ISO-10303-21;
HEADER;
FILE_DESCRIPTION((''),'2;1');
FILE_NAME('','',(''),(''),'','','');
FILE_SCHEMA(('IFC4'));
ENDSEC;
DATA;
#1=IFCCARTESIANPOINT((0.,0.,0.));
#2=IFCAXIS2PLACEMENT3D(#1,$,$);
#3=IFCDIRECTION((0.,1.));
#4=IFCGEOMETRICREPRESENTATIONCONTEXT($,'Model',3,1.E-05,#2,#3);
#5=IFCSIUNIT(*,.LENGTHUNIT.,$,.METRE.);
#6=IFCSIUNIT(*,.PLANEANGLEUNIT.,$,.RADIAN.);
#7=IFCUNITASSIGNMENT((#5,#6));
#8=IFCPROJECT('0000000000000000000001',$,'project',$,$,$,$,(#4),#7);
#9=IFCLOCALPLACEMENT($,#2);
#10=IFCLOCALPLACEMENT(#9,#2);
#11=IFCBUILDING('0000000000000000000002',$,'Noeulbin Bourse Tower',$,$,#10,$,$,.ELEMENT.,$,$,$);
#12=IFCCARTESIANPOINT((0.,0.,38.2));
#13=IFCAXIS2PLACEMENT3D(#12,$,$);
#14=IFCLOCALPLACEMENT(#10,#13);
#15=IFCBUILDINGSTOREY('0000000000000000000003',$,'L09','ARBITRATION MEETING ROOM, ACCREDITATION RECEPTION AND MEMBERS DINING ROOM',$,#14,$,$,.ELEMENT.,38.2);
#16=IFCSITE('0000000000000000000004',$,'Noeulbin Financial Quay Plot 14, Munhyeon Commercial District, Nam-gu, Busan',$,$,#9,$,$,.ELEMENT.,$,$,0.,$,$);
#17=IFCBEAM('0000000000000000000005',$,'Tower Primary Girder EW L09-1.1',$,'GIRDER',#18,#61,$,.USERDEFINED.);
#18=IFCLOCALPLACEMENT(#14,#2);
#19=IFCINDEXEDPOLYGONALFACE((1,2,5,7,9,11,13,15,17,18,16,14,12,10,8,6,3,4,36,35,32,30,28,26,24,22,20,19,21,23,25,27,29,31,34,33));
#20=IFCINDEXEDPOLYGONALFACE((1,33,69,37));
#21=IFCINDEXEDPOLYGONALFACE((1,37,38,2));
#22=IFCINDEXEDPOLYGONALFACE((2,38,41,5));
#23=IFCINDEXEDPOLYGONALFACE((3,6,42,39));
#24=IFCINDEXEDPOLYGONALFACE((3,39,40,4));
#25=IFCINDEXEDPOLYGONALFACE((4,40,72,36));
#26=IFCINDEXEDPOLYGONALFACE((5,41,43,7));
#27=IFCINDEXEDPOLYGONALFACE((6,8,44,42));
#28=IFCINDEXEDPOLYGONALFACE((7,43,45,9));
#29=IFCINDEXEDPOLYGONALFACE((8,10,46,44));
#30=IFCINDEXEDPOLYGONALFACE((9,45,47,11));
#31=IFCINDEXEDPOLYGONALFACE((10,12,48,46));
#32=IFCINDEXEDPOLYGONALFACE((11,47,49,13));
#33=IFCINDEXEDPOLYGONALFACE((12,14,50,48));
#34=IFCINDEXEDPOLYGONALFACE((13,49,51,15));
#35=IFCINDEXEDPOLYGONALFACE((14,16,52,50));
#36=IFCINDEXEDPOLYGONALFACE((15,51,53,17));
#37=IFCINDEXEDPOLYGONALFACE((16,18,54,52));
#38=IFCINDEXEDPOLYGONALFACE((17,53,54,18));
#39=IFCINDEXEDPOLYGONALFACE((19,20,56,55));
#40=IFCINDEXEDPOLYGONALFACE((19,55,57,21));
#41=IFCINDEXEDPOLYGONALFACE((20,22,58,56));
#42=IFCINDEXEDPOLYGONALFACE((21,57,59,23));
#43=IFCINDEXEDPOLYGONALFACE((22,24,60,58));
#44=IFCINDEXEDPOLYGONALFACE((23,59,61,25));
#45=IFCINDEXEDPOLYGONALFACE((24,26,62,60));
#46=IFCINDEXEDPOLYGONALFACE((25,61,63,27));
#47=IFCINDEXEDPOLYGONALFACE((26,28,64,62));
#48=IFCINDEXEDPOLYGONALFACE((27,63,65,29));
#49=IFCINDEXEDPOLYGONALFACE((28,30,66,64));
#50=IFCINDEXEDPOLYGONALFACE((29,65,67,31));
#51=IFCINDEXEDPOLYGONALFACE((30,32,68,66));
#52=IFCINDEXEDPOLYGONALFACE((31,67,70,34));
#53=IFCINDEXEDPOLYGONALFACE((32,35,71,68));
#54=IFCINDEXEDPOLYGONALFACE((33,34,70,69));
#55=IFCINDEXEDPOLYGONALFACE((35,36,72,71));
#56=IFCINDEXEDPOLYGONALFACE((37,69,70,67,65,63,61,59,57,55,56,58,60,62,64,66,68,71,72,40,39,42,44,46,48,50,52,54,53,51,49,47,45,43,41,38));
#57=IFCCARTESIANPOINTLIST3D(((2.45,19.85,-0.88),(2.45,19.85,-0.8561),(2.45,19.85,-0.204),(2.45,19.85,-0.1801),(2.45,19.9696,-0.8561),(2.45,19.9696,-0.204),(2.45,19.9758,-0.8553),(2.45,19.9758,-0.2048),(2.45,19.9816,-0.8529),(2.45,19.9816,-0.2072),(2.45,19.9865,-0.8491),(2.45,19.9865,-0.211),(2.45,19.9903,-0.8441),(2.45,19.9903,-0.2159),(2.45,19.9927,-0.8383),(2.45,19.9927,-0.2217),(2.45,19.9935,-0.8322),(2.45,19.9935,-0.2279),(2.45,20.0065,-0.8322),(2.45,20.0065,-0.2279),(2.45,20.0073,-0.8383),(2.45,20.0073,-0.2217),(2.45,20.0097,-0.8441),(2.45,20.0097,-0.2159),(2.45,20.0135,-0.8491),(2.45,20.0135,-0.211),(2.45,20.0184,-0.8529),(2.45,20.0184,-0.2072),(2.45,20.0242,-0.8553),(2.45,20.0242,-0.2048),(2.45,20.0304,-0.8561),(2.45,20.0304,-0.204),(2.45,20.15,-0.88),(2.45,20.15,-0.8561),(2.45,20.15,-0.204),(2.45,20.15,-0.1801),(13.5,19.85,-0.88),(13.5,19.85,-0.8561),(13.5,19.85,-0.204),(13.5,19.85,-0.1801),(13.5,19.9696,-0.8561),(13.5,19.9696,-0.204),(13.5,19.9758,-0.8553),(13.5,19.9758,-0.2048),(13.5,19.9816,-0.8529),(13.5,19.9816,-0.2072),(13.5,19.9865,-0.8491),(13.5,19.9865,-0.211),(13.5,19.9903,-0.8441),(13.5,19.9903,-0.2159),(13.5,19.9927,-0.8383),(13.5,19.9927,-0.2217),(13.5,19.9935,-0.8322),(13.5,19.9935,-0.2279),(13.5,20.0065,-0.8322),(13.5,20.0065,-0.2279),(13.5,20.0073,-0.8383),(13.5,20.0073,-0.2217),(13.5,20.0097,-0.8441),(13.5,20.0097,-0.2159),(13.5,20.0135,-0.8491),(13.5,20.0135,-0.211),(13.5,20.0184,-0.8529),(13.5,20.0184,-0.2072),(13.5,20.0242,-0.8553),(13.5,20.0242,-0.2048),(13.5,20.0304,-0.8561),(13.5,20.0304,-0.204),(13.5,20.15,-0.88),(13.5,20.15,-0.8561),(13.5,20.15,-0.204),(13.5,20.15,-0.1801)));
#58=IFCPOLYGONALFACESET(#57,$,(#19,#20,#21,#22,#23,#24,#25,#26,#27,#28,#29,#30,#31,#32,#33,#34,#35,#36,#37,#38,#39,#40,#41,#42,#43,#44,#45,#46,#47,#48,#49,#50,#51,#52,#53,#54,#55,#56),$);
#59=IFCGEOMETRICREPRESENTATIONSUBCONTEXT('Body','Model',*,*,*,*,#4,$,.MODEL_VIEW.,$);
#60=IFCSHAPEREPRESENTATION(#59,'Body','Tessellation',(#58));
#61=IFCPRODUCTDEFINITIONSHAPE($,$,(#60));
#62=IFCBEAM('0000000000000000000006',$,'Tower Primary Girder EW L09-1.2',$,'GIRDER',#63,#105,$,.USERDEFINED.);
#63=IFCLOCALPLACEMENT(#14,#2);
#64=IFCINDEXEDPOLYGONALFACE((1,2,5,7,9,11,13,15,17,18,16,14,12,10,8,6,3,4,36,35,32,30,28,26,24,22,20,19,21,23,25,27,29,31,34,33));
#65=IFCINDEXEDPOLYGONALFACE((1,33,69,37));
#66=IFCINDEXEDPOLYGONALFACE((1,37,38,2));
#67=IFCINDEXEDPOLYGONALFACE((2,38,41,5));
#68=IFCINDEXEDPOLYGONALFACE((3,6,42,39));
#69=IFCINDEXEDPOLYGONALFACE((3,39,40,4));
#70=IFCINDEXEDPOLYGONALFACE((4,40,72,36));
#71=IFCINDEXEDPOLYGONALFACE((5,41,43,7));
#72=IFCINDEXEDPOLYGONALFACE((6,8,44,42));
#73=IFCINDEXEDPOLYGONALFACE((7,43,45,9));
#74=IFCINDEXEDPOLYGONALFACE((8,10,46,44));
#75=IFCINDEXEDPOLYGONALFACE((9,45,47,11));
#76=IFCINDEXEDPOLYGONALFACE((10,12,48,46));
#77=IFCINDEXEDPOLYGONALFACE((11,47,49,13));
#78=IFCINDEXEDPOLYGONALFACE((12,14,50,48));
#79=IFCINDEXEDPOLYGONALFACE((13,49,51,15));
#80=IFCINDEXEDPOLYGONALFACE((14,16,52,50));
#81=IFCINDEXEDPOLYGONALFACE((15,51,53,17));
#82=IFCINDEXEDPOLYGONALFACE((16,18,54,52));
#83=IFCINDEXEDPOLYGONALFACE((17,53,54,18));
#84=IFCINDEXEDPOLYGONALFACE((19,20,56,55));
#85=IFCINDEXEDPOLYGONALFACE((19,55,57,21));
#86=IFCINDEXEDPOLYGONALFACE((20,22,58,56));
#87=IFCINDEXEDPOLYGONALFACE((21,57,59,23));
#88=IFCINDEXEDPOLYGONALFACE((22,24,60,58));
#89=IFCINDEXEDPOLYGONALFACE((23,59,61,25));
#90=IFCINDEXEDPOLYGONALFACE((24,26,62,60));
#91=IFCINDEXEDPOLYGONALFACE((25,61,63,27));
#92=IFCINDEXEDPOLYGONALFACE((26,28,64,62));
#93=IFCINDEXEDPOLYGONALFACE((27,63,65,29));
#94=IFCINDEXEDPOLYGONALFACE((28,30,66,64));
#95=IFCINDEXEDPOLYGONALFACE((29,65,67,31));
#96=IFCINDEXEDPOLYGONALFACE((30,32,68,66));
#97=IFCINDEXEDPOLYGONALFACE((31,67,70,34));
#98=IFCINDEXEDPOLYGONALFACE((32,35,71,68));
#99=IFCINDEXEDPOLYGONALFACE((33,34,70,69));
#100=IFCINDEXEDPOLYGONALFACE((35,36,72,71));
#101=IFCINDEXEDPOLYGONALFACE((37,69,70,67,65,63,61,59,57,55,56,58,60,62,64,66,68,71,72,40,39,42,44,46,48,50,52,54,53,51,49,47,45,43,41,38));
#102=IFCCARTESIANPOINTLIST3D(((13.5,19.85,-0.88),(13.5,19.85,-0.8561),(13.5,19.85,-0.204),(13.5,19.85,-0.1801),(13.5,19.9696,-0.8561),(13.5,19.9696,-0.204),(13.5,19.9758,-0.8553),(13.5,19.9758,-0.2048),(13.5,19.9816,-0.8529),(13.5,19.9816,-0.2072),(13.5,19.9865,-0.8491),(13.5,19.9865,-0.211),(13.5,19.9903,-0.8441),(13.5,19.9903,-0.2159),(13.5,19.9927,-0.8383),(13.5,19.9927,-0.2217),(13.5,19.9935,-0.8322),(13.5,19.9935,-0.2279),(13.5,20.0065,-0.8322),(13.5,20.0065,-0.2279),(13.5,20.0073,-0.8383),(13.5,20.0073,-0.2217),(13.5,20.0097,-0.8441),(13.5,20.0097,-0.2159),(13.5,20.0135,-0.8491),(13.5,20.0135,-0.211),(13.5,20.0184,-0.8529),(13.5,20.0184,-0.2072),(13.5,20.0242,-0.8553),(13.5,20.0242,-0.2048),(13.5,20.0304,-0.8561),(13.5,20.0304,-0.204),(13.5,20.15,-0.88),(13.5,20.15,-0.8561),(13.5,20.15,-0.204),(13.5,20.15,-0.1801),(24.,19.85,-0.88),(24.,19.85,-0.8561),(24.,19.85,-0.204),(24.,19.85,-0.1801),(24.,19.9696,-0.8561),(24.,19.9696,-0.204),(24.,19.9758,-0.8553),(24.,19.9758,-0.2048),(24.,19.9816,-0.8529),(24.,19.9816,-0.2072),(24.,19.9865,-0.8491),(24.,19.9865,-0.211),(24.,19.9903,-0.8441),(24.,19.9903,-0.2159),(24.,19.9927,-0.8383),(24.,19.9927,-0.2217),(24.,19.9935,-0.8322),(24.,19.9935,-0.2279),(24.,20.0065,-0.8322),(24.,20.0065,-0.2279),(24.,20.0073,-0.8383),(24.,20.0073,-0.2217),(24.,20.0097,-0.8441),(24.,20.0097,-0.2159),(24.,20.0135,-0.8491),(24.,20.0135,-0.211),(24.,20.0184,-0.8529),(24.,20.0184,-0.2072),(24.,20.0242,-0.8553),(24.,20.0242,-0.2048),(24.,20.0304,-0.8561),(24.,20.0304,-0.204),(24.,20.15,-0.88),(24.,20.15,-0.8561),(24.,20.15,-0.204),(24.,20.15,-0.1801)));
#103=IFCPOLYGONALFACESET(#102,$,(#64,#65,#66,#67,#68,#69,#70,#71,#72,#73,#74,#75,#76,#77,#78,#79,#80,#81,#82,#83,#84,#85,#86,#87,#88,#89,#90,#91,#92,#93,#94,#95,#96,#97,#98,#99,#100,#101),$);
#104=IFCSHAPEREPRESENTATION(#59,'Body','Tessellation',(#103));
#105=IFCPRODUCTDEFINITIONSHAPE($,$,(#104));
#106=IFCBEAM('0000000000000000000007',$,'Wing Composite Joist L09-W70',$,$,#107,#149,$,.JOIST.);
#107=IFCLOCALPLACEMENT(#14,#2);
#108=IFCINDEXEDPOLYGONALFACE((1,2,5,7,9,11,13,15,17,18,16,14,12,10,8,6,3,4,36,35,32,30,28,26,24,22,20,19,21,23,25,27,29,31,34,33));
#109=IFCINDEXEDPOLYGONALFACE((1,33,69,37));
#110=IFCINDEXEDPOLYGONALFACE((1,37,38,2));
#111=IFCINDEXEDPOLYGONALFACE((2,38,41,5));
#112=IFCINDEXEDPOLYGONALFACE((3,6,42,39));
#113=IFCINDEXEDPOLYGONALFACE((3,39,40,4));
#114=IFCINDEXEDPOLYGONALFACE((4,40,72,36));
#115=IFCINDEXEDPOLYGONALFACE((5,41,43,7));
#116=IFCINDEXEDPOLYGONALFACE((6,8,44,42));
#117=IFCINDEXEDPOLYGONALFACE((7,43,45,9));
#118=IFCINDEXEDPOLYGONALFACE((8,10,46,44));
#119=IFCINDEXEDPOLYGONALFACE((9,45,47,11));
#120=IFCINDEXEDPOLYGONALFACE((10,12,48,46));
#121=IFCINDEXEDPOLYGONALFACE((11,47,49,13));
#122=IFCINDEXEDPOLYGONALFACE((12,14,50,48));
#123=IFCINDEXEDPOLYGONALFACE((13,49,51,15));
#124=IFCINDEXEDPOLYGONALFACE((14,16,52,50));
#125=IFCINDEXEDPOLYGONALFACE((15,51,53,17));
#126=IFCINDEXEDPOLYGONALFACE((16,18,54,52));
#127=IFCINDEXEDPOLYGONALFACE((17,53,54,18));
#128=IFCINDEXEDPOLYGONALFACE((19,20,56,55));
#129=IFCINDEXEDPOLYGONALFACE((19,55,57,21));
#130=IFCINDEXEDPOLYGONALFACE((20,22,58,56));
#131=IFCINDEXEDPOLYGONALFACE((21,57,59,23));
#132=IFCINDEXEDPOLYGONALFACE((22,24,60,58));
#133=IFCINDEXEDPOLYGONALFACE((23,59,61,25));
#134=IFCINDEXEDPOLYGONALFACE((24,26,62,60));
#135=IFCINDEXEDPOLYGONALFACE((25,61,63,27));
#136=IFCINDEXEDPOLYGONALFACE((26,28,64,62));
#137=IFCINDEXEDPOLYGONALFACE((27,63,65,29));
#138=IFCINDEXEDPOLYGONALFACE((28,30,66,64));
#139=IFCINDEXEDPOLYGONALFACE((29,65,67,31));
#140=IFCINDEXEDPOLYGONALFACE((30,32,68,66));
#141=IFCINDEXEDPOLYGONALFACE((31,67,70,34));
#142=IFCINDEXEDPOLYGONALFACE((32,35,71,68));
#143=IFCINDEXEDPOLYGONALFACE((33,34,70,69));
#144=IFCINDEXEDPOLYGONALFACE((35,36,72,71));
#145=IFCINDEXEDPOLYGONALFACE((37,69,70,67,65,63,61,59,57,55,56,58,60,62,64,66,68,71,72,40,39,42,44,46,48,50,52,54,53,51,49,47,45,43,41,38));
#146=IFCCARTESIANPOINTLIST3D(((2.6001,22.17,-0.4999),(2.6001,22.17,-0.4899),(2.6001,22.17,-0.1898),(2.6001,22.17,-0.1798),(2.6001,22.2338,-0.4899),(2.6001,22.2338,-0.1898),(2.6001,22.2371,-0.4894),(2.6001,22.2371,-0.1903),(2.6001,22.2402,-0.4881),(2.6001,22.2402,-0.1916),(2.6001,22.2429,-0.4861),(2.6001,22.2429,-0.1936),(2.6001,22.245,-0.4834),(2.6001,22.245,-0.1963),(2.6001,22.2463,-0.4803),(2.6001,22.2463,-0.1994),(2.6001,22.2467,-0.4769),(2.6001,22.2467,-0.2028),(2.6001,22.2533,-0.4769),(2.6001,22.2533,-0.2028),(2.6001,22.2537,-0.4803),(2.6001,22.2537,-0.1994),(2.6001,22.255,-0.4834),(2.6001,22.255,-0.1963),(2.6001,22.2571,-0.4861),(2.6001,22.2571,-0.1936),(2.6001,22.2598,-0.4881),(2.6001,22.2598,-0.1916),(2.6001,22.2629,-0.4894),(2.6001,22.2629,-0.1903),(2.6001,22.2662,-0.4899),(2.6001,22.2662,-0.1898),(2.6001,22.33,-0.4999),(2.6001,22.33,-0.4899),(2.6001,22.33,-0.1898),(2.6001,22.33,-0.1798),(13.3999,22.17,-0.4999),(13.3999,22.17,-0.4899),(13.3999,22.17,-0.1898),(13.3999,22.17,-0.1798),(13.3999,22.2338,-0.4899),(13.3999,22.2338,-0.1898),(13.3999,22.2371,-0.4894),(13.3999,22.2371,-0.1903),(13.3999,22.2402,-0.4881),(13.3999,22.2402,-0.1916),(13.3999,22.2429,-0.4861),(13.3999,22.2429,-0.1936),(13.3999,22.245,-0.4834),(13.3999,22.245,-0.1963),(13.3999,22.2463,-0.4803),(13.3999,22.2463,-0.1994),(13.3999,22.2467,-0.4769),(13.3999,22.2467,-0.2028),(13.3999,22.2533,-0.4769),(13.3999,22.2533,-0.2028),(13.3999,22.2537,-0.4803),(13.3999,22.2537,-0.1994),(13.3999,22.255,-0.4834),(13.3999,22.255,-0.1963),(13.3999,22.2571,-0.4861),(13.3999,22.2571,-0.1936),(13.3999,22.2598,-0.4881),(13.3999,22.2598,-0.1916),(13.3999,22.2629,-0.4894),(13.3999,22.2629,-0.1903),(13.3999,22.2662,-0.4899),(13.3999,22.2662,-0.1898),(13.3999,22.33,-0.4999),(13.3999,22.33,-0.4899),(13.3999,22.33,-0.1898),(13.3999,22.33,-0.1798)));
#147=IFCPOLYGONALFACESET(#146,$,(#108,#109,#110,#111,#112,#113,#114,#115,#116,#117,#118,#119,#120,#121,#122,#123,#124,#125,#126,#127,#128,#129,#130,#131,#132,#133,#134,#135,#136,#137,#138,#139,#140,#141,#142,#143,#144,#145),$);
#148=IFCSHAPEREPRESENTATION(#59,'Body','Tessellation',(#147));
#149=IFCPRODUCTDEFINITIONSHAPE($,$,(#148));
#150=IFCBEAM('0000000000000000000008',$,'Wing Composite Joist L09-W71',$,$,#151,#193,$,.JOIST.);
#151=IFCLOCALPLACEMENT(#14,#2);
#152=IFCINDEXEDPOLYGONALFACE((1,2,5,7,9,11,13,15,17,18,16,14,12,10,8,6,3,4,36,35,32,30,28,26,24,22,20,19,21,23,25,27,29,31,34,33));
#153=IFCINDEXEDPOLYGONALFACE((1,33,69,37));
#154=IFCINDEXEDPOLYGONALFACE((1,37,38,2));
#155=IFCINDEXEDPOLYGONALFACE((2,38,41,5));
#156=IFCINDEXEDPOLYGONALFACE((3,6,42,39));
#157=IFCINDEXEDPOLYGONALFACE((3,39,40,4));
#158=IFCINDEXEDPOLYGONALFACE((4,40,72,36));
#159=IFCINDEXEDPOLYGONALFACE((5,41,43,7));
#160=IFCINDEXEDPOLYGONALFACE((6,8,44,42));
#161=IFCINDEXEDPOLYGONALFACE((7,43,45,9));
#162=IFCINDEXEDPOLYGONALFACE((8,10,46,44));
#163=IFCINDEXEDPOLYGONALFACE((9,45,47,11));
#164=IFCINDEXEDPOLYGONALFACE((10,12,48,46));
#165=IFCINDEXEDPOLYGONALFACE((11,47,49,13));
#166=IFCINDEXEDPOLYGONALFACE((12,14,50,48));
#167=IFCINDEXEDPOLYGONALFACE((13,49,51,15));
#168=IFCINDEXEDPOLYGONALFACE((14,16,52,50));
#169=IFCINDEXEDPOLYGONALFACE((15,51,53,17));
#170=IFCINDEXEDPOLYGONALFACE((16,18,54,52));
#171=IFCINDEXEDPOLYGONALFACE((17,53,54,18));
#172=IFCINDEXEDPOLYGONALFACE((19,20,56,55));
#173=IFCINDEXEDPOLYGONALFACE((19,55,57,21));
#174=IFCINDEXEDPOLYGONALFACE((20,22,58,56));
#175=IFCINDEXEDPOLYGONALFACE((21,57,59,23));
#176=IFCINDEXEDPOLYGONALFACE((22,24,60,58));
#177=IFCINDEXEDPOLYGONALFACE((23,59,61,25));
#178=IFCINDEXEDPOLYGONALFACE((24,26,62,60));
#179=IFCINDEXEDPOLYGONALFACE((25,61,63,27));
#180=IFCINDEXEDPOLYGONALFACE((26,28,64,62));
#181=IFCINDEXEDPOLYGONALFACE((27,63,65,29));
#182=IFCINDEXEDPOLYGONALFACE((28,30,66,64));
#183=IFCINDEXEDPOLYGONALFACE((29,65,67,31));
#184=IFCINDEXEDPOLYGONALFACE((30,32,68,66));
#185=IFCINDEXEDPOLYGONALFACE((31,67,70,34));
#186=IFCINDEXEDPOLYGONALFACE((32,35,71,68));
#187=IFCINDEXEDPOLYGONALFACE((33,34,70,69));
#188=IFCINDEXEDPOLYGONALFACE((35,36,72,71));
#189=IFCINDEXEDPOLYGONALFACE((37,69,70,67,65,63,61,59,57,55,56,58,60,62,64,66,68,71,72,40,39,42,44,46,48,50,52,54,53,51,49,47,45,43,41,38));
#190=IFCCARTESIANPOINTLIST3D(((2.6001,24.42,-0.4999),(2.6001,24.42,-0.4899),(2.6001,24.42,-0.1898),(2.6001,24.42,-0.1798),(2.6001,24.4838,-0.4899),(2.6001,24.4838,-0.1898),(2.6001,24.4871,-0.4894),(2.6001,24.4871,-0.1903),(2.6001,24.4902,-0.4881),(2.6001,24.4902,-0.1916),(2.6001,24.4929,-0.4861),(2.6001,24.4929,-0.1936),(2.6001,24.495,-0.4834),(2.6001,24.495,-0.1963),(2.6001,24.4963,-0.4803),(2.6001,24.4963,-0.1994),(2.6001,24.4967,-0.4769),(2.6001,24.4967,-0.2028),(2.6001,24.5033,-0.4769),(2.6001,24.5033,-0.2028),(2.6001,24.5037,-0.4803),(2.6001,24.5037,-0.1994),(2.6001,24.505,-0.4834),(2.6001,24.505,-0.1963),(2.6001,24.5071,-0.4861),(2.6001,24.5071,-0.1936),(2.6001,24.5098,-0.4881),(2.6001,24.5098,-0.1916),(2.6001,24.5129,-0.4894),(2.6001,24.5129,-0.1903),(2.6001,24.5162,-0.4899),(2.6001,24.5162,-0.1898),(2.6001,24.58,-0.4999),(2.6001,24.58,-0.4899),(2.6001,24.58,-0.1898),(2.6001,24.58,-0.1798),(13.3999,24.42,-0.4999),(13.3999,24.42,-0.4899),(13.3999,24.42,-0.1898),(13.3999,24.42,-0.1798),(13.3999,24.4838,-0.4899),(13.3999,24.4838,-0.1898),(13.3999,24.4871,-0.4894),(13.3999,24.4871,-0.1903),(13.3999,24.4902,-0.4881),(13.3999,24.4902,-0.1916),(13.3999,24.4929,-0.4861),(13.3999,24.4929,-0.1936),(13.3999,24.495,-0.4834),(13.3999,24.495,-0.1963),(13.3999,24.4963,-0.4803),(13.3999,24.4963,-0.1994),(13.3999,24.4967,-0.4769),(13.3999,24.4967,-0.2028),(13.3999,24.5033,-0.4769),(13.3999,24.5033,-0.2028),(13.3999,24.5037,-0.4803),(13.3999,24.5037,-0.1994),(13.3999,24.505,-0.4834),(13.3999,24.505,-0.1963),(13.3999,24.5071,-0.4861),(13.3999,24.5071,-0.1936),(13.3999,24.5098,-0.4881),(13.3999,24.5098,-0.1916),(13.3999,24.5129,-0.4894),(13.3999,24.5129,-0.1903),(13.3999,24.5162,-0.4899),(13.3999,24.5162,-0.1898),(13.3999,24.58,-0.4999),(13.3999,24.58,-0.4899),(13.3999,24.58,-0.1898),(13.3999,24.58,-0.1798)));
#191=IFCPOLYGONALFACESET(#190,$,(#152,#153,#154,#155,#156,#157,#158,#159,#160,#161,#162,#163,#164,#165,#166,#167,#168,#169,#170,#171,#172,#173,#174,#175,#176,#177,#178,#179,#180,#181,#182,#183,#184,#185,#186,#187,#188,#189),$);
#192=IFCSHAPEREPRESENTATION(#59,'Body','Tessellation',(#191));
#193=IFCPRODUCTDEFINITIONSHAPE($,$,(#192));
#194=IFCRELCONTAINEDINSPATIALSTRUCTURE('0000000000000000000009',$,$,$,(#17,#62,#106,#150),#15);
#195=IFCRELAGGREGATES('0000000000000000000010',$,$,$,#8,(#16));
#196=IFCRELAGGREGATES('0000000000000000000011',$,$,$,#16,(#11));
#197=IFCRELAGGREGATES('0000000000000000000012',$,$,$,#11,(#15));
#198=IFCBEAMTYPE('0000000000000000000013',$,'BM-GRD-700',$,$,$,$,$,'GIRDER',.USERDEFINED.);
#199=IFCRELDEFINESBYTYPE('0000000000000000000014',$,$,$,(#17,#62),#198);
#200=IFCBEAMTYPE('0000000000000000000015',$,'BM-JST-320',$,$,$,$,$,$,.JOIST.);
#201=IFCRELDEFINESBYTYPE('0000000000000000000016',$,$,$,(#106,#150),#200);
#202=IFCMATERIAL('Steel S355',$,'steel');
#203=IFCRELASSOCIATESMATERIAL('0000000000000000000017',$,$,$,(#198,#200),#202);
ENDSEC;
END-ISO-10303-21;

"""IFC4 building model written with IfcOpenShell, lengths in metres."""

from ifc_helpers import new_model, si_unit, direction, frame, origin, origin_2d, place, context, subcontext, project, spatial, i_section, extrude, material, material_profile, profile_set, type_object, element, save


model = new_model("IFC4")

# Units and contexts
model_context = context("Model", 3, precision=1e-05, world=origin(), true_north=direction((0.0, 1.0)))
body_context = subcontext(model_context, "Body", "Model", "MODEL_VIEW")
ifc_project = project(units=[si_unit("LENGTHUNIT", "METRE"), si_unit("PLANEANGLEUNIT", "RADIAN")], contexts=[model_context])

# Site, building, storey
site_placement = place(None, origin())
site = spatial("IfcSite", under=ifc_project, at=site_placement, Name="Noeulbin Financial Quay Plot 14, Munhyeon Commercial District, Nam-gu, Busan", CompositionType="ELEMENT", RefElevation=0.0)
building_placement = place(site_placement, origin())
building = spatial("IfcBuilding", under=site, at=building_placement, Name="Noeulbin Bourse Tower", CompositionType="ELEMENT")
storey_placement = place(building_placement, frame((0.0, 0.0, 38.2)))
storey = spatial("IfcBuildingStorey", under=building, at=storey_placement, Name="L09", Description="ARBITRATION MEETING ROOM, ACCREDITATION RECEPTION AND MEMBERS DINING ROOM", CompositionType="ELEMENT", Elevation=38.2)

# Beams
ifc_material_1 = material(Name="Steel S355", Category="steel")
ifc_material_profile_1 = material_profile(ifc_material_1, i_section(OverallWidth=0.3, OverallDepth=0.7, WebThickness=0.0129, FlangeThickness=0.0239, FilletRadius=0.0239, at=origin_2d()), Name="H-700x300x13x24", Category="LoadBearing")
ifc_profile_set_1 = profile_set([ifc_material_profile_1], Name="Steel S355")
beam_type_1 = type_object("IfcBeamType", Name="BM-GRD-700", ElementType="GIRDER", PredefinedType="USERDEFINED", material=ifc_profile_set_1)
beam_1_placement = place(storey_placement, frame((2.45, 20.0, -0.53), z_axis=(1.0, 0.0, 0.0), x_axis=(0.0, 1.0, 0.0)))
element("IfcBeam", 1, at=beam_1_placement, inside=storey, type_object=beam_type_1, Name="Tower Primary Girder EW L09-1.1", ObjectType="GIRDER", PredefinedType="USERDEFINED", context=body_context, shape_type="SweptSolid", body=[
    extrude(i_section(OverallWidth=0.3, OverallDepth=0.7, WebThickness=0.0129, FlangeThickness=0.0239, FilletRadius=0.0239, at=origin_2d()), origin(), (0.0, 0.0, 1.0), 11.05),
])
beam_2_placement = place(storey_placement, frame((13.5, 20.0, -0.53), z_axis=(1.0, 0.0, 0.0), x_axis=(0.0, 1.0, 0.0)))
element("IfcBeam", 2, at=beam_2_placement, inside=storey, type_object=beam_type_1, Name="Tower Primary Girder EW L09-1.2", ObjectType="GIRDER", PredefinedType="USERDEFINED", context=body_context, shape_type="SweptSolid", body=[
    extrude(i_section(OverallWidth=0.3, OverallDepth=0.7, WebThickness=0.0129, FlangeThickness=0.0239, FilletRadius=0.0239, at=origin_2d()), origin(), (0.0, 0.0, 1.0), 10.5),
])
ifc_material_profile_2 = material_profile(ifc_material_1, i_section(OverallWidth=0.1599, OverallDepth=0.3201, WebThickness=0.0066, FlangeThickness=0.01, FilletRadius=0.0129, at=origin_2d()), Name="H-320x160x6.5x10", Category="LoadBearing")
ifc_profile_set_2 = profile_set([ifc_material_profile_2], Name="Steel S355")
beam_type_2 = type_object("IfcBeamType", Name="BM-JST-320", PredefinedType="JOIST", material=ifc_profile_set_2)
for number, where, z_axis, x_axis, name in (
    (3, (2.6001, 22.25, -0.3398), (1.0, 0.0, 0.0), (0.0, 1.0, 0.0), "Wing Composite Joist L09-W70"),
    (4, (2.6001, 24.5, -0.3398), (1.0, 0.0, 0.0), (0.0, 1.0, 0.0), "Wing Composite Joist L09-W71"),
):
    element("IfcBeam", number, at=place(storey_placement, frame(where, z_axis=z_axis, x_axis=x_axis)), inside=storey, type_object=beam_type_2, Name=name, PredefinedType="JOIST", context=body_context, shape_type="SweptSolid", body=[
        extrude(i_section(OverallWidth=0.1599, OverallDepth=0.3201, WebThickness=0.0066, FlangeThickness=0.01, FilletRadius=0.0129, at=origin_2d()), origin(), (0.0, 0.0, 1.0), 10.7998),
    ])

save(model, "model.ifc")
